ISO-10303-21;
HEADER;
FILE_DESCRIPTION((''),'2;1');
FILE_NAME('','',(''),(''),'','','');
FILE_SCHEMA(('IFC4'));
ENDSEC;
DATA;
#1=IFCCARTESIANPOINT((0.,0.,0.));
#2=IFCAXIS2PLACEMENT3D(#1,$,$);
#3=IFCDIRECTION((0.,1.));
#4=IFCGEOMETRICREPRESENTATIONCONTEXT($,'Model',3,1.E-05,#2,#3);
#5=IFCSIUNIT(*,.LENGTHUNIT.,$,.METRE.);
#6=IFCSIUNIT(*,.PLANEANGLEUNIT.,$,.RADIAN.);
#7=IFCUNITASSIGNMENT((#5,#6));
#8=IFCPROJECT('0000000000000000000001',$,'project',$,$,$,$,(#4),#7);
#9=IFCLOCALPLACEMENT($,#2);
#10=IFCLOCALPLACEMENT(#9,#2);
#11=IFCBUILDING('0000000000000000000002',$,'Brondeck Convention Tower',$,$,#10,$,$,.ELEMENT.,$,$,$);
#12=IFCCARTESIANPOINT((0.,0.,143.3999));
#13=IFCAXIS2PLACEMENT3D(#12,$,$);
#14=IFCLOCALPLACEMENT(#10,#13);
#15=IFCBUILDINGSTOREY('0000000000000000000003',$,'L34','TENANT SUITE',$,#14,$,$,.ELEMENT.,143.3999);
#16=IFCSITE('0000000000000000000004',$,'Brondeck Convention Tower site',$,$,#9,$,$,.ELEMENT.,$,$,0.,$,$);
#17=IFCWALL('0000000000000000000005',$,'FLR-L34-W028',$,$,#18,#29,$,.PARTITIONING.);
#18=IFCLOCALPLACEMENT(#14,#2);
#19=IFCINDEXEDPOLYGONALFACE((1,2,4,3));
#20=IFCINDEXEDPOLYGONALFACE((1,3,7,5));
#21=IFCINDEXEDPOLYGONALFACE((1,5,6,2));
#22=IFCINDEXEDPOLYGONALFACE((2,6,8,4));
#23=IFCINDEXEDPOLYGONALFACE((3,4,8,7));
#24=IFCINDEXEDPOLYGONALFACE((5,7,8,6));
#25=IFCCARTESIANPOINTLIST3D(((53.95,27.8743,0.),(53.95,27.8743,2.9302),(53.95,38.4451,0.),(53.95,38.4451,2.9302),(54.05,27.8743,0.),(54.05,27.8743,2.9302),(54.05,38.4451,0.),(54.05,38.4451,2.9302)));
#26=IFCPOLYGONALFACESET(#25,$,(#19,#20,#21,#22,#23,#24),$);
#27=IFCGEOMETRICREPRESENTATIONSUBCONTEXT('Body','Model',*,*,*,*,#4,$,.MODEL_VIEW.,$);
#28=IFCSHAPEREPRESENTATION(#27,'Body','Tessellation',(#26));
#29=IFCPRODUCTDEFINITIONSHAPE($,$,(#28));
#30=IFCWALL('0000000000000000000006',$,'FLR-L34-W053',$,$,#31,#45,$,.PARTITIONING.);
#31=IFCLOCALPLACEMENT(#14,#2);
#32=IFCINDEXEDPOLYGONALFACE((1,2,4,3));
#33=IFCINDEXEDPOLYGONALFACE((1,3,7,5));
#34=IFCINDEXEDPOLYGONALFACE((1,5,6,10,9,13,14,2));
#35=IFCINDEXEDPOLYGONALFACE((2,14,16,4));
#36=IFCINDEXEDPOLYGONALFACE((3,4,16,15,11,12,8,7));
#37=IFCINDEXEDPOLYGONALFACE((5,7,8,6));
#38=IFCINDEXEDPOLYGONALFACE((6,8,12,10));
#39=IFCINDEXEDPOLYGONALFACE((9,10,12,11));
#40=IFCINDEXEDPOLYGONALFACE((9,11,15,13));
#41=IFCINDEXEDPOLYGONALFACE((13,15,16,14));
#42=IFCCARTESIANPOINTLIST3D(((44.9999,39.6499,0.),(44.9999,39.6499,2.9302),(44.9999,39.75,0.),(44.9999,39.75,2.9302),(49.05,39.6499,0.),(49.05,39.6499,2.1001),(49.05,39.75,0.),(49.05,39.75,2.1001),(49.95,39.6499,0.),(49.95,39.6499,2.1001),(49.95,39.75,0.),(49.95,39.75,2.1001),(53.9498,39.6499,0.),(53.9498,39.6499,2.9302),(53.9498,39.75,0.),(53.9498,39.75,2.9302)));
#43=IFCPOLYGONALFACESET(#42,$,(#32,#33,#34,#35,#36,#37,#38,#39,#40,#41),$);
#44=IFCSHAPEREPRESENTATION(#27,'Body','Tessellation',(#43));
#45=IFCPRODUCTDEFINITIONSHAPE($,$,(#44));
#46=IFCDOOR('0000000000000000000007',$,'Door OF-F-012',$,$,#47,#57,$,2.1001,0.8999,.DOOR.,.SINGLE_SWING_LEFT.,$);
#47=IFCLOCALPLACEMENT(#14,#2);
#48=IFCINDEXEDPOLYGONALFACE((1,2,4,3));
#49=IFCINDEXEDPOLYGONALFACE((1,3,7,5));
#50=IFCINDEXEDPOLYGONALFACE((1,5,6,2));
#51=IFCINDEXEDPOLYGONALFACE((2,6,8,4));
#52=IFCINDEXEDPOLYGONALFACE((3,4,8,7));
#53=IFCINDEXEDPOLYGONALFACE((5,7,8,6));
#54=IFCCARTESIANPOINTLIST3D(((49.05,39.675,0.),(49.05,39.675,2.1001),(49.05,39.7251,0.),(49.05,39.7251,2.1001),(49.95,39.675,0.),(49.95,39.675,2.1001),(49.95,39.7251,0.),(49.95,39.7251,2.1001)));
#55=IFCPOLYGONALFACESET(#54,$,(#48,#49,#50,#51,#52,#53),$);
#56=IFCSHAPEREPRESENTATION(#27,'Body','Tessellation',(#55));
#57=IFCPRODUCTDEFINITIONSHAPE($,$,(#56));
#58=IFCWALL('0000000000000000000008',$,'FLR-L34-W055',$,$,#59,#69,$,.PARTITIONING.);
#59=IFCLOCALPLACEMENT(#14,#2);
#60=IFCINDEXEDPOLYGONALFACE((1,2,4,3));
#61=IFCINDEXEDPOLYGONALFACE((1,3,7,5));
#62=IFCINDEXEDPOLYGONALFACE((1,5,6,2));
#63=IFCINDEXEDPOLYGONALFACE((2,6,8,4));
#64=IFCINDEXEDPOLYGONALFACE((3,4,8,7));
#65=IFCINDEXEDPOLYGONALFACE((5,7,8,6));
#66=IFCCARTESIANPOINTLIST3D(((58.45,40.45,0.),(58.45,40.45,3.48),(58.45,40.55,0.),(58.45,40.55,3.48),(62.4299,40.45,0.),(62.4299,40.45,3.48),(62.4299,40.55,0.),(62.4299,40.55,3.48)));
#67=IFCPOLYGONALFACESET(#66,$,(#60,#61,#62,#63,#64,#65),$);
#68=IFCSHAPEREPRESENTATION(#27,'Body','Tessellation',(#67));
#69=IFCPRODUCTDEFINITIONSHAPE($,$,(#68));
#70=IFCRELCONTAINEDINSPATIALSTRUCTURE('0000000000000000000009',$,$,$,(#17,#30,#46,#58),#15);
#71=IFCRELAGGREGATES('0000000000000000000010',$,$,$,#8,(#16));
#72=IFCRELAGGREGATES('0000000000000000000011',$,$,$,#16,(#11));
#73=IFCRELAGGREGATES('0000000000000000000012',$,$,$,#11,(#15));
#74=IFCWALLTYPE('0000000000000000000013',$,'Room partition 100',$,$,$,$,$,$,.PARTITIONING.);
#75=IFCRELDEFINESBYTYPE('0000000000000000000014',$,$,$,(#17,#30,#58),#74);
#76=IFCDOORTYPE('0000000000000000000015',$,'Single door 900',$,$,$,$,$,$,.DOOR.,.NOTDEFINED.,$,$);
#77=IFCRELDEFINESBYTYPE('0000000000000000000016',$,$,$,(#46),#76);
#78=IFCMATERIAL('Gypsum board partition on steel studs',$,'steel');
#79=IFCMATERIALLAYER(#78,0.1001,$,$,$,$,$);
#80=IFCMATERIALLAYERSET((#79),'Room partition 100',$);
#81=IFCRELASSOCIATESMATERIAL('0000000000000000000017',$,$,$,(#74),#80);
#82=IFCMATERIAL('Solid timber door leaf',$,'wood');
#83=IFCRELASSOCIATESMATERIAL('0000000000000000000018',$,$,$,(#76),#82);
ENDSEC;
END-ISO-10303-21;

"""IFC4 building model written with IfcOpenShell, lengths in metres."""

from ifc_helpers import new_model, si_unit, direction, frame, frame_2d, origin, place, context, subcontext, project, spatial, rectangle, extrude, material, layer, layer_set, type_object, element, fill, save


model = new_model("IFC4")

# Units and contexts
model_context = context("Model", 3, precision=1e-05, world=origin(), true_north=direction((0.0, 1.0)))
body_context = subcontext(model_context, "Body", "Model", "MODEL_VIEW")
ifc_project = project(units=[si_unit("LENGTHUNIT", "METRE"), si_unit("PLANEANGLEUNIT", "RADIAN")], contexts=[model_context])

# Site, building, storey
site_placement = place(None, origin())
site = spatial("IfcSite", under=ifc_project, at=site_placement, Name="Brondeck Convention Tower site", CompositionType="ELEMENT", RefElevation=0.0)
building_placement = place(site_placement, origin())
building = spatial("IfcBuilding", under=site, at=building_placement, Name="Brondeck Convention Tower", CompositionType="ELEMENT")
storey_placement = place(building_placement, frame((0.0, 0.0, 143.3999)))
storey = spatial("IfcBuildingStorey", under=building, at=storey_placement, Name="L34", Description="TENANT SUITE", CompositionType="ELEMENT", Elevation=143.3999)

# Wall
ifc_material_1 = material(Name="Gypsum board partition on steel studs", Category="steel")
ifc_layer_1 = layer(ifc_material_1, 0.1001)
ifc_layer_set_1 = layer_set([ifc_layer_1], Name="Room partition 100")
wall_type_1 = type_object("IfcWallType", Name="Room partition 100", PredefinedType="PARTITIONING", material=ifc_layer_set_1)
wall_1_placement = place(storey_placement, frame((54.0, 27.8743, 0.0), z_axis=(0.0, 0.0, 1.0), x_axis=(0.0, 1.0, 0.0)))
element("IfcWall", 1, at=wall_1_placement, inside=storey, type_object=wall_type_1, Name="FLR-L34-W028", PredefinedType="PARTITIONING", context=body_context, shape_type="SweptSolid", body=[
    extrude(rectangle(XDim=10.5708, YDim=0.1001, at=frame_2d((5.2854, 0.0))), origin(), (0.0, 0.0, 1.0), 2.9302),
])

# Wall, opening, door
wall_2_placement = place(storey_placement, frame((53.95, 39.7, 0.0), z_axis=(0.0, 0.0, 1.0), x_axis=(-1.0, 0.0, 0.0)))
wall_2 = element("IfcWall", 2, at=wall_2_placement, inside=storey, type_object=wall_type_1, Name="FLR-L34-W053", PredefinedType="PARTITIONING", context=body_context, shape_type="SweptSolid", body=[
    extrude(rectangle(XDim=8.95, YDim=0.1001, at=frame_2d((4.4751, 0.0))), origin(), (0.0, 0.0, 1.0), 2.9302),
])
opening_1_placement = place(wall_2_placement, frame((4.0, 0.0, 0.0)))
opening_1 = element("IfcOpeningElement", 3, at=opening_1_placement, cuts=wall_2, PredefinedType="OPENING", context=body_context, shape_type="SweptSolid", body=[
    extrude(rectangle(XDim=0.8999, YDim=2.1001, at=frame_2d((0.45, 1.05))), frame((0.0, 0.0601, 0.0), z_axis=(0.0, -1.0, 0.0), x_axis=(1.0, 0.0, 0.0)), (0.0, 0.0, 1.0), 0.1201),
])
ifc_material_2 = material(Name="Solid timber door leaf", Category="wood")
door_type = type_object("IfcDoorType", Name="Single door 900", OperationType="NOTDEFINED", PredefinedType="DOOR", material=ifc_material_2)
door_placement = place(opening_1_placement, origin())
door = element("IfcDoor", 4, at=door_placement, inside=storey, type_object=door_type, Name="Door OF-F-012", OperationType="SINGLE_SWING_LEFT", OverallHeight=2.1001, OverallWidth=0.8999, PredefinedType="DOOR", context=body_context, shape_type="SweptSolid", body=[
    extrude(rectangle(XDim=0.8999, YDim=2.1001, at=frame_2d((0.45, 1.05))), frame((0.0, 0.0249, 0.0), z_axis=(0.0, -1.0, 0.0), x_axis=(1.0, 0.0, 0.0)), (0.0, 0.0, 1.0), 0.05),
])
fill(opening_1, door)

# Wall
wall_3_placement = place(storey_placement, frame((58.45, 40.5, 0.0), z_axis=(0.0, 0.0, 1.0), x_axis=(1.0, 0.0, 0.0)))
element("IfcWall", 5, at=wall_3_placement, inside=storey, type_object=wall_type_1, Name="FLR-L34-W055", PredefinedType="PARTITIONING", context=body_context, shape_type="SweptSolid", body=[
    extrude(rectangle(XDim=3.98, YDim=0.1001, at=frame_2d((1.99, 0.0))), origin(), (0.0, 0.0, 1.0), 3.48),
])

save(model, "model.ifc")
